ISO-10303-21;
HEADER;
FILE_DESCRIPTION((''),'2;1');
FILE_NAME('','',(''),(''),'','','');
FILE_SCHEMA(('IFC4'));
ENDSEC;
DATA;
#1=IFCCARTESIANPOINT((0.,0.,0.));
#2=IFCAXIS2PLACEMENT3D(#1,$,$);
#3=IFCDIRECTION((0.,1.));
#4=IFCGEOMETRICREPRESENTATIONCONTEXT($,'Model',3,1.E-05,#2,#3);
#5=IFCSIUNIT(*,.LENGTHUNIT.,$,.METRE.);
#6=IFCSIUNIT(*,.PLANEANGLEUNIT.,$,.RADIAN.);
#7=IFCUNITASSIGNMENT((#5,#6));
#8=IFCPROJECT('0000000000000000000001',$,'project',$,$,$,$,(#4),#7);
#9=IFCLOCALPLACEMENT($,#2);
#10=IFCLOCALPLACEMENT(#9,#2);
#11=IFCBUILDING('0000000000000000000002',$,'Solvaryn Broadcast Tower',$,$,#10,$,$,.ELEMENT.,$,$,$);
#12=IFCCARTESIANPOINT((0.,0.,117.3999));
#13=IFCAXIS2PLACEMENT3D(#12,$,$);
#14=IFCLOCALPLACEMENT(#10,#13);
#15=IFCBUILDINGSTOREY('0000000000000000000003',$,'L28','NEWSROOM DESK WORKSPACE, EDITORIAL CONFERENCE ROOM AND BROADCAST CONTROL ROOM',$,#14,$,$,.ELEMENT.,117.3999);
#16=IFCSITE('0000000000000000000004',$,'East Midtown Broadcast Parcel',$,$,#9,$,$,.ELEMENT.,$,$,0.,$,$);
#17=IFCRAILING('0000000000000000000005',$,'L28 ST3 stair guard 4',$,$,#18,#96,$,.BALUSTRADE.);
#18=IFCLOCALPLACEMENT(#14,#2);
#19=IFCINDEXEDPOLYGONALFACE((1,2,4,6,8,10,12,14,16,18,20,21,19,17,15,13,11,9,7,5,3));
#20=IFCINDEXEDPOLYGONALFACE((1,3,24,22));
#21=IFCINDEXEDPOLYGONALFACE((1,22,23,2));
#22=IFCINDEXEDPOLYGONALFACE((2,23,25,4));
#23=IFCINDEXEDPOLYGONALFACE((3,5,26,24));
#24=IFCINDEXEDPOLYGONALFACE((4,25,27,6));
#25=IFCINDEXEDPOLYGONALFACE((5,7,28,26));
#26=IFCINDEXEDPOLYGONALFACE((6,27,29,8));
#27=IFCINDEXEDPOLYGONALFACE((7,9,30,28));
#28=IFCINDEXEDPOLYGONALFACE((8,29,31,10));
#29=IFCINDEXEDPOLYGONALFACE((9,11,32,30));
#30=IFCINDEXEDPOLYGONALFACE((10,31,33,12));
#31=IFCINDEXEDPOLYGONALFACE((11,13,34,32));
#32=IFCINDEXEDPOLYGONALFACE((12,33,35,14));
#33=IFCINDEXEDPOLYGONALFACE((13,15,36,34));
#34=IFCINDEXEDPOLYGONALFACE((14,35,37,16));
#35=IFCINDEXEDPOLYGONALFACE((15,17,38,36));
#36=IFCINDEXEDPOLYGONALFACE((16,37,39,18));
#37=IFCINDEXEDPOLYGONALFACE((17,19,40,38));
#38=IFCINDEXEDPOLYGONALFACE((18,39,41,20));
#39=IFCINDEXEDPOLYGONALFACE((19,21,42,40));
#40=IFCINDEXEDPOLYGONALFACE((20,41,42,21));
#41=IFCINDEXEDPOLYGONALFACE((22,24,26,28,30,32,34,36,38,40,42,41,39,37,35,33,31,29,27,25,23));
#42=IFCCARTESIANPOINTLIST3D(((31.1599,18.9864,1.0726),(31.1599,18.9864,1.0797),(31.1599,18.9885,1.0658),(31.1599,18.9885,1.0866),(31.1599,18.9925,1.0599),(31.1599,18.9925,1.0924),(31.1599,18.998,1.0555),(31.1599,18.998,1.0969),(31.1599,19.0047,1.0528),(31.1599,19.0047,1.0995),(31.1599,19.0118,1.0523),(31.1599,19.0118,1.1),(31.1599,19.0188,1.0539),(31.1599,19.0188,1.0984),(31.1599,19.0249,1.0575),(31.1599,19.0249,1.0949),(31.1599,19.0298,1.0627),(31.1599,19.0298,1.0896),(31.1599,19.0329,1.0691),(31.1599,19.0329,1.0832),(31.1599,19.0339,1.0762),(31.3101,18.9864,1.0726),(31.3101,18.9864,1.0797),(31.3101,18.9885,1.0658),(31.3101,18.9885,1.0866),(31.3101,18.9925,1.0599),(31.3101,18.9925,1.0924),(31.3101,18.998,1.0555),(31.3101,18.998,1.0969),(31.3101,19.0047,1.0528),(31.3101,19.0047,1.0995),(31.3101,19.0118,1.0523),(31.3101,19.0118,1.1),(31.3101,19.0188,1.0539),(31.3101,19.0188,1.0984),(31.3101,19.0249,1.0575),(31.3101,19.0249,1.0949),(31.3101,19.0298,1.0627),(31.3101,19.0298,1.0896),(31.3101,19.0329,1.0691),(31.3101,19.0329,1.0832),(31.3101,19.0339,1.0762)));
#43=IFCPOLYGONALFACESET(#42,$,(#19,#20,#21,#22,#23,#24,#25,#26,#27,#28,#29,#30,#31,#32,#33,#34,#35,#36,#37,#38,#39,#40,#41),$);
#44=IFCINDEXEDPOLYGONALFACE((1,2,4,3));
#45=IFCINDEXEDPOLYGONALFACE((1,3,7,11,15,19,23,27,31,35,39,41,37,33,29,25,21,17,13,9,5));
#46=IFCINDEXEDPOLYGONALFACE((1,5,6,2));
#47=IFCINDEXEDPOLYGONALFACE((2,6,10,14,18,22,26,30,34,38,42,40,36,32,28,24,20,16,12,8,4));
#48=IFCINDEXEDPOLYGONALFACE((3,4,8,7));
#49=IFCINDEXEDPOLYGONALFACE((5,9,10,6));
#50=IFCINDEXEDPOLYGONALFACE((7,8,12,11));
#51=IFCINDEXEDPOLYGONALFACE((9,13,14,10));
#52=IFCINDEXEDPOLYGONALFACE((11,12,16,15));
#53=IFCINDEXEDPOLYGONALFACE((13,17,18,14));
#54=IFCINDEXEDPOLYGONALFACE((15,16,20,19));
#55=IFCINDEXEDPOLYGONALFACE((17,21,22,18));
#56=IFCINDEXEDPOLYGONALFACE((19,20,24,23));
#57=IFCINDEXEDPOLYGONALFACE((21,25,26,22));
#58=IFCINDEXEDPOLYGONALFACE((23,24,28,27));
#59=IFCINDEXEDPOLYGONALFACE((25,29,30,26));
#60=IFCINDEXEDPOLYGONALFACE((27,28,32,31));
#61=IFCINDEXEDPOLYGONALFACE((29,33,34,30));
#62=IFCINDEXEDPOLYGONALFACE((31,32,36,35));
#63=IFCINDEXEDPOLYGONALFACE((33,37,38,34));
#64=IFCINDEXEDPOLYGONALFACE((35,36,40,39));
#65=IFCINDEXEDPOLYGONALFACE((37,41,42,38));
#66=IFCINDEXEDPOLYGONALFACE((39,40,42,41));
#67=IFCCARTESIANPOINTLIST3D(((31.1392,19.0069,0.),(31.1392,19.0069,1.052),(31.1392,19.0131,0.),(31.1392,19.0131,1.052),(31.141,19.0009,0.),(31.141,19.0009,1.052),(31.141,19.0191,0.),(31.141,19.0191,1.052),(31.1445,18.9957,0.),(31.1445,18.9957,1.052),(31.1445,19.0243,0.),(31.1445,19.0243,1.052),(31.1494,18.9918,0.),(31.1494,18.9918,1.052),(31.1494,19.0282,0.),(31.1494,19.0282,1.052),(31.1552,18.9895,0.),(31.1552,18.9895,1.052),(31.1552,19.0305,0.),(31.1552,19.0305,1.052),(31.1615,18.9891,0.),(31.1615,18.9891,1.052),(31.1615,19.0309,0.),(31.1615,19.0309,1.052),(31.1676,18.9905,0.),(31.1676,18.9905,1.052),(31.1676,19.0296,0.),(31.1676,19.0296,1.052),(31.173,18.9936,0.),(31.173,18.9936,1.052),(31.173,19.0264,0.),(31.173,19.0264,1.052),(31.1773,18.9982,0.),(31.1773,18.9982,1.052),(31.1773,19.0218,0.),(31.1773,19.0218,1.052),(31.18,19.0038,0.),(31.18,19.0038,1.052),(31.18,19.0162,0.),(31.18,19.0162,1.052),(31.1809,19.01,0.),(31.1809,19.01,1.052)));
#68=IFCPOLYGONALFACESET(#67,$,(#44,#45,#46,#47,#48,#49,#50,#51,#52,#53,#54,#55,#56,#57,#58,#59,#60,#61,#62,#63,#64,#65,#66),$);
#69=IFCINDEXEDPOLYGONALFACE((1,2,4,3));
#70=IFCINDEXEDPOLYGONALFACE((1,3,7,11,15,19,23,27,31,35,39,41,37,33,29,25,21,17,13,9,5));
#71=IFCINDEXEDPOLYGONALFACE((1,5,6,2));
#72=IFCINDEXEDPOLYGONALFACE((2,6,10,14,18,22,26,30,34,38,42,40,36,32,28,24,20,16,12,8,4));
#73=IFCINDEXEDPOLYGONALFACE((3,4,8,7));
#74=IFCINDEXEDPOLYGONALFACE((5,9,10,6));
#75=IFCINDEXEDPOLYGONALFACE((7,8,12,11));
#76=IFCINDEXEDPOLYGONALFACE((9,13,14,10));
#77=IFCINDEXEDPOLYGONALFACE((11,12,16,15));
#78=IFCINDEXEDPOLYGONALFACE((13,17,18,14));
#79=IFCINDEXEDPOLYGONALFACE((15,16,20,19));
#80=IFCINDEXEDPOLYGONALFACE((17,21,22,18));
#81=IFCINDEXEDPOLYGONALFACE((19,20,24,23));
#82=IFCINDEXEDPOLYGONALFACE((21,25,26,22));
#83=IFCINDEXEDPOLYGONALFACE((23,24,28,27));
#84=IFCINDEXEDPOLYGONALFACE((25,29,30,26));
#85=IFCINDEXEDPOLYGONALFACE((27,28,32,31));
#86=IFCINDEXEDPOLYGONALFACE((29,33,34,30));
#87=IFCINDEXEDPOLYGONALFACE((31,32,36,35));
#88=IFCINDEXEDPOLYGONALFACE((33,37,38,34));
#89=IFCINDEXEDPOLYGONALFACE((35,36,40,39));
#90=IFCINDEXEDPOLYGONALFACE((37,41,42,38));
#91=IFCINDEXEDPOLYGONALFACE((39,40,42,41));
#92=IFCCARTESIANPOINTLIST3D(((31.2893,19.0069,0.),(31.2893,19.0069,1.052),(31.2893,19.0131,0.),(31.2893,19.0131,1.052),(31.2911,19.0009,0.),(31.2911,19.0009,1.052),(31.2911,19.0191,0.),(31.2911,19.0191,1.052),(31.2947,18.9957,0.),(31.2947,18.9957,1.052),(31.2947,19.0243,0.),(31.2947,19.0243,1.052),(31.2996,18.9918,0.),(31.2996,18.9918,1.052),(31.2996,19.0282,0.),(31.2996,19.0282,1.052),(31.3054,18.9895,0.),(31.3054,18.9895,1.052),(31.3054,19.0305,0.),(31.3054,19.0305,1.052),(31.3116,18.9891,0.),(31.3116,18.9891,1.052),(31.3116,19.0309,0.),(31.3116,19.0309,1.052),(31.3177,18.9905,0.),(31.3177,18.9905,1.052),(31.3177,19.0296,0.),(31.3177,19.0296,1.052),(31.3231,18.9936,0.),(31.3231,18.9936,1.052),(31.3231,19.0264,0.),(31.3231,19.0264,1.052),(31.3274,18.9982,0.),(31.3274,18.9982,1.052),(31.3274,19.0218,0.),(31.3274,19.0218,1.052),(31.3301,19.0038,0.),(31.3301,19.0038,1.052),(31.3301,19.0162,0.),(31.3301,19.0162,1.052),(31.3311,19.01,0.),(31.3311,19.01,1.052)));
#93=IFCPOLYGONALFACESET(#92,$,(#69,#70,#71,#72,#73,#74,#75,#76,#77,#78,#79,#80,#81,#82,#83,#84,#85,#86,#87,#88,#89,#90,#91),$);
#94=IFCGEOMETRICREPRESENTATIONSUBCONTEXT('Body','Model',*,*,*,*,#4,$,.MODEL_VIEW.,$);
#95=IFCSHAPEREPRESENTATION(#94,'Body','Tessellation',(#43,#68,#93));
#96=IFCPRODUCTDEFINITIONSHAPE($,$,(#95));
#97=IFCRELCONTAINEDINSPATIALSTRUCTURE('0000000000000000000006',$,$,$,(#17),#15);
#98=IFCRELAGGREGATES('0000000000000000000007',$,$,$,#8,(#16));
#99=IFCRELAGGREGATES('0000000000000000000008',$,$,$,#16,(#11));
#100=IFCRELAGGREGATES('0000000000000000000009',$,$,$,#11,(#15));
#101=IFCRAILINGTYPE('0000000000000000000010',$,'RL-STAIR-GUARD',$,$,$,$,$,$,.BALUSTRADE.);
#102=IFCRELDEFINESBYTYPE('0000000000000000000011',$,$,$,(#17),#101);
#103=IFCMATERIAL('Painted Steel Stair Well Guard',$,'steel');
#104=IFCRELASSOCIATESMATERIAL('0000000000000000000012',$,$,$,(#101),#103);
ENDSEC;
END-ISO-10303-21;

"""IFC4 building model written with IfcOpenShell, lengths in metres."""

from ifc_helpers import new_model, si_unit, direction, frame, origin, origin_2d, place, context, subcontext, project, spatial, circle, extrude, material, type_object, element, save


model = new_model("IFC4")

# Units and contexts
model_context = context("Model", 3, precision=1e-05, world=origin(), true_north=direction((0.0, 1.0)))
body_context = subcontext(model_context, "Body", "Model", "MODEL_VIEW")
ifc_project = project(units=[si_unit("LENGTHUNIT", "METRE"), si_unit("PLANEANGLEUNIT", "RADIAN")], contexts=[model_context])

# Site, building, storey
site_placement = place(None, origin())
site = spatial("IfcSite", under=ifc_project, at=site_placement, Name="East Midtown Broadcast Parcel", CompositionType="ELEMENT", RefElevation=0.0)
building_placement = place(site_placement, origin())
building = spatial("IfcBuilding", under=site, at=building_placement, Name="Solvaryn Broadcast Tower", CompositionType="ELEMENT")
storey_placement = place(building_placement, frame((0.0, 0.0, 117.3999)))
storey = spatial("IfcBuildingStorey", under=building, at=storey_placement, Name="L28", Description="NEWSROOM DESK WORKSPACE, EDITORIAL CONFERENCE ROOM AND BROADCAST CONTROL ROOM", CompositionType="ELEMENT", Elevation=117.3999)

# Railing
ifc_material_1 = material(Name="Painted Steel Stair Well Guard", Category="steel")
railing_type_1 = type_object("IfcRailingType", Name="RL-STAIR-GUARD", PredefinedType="BALUSTRADE", material=ifc_material_1)
railing_1_placement = place(storey_placement, frame((31.1599, 19.01, 0.0)))
element("IfcRailing", 1, at=railing_1_placement, inside=storey, type_object=railing_type_1, Name="L28 ST3 stair guard 4", PredefinedType="BALUSTRADE", context=body_context, shape_type="SweptSolid", body=[
    extrude(circle(Radius=0.0239, at=origin_2d()), frame((0.0, 0.0, 1.0762), z_axis=(1.0, 0.0, 0.0), x_axis=(0.0, 1.0, 0.0)), (0.0, 0.0, 1.0), 0.1501),
    extrude(circle(Radius=0.021, at=origin_2d()), origin(), (0.0, 0.0, 1.0), 1.052),
    extrude(circle(Radius=0.021, at=origin_2d()), frame((0.1501, 0.0, 0.0)), (0.0, 0.0, 1.0), 1.052),
])

save(model, "model.ifc")
